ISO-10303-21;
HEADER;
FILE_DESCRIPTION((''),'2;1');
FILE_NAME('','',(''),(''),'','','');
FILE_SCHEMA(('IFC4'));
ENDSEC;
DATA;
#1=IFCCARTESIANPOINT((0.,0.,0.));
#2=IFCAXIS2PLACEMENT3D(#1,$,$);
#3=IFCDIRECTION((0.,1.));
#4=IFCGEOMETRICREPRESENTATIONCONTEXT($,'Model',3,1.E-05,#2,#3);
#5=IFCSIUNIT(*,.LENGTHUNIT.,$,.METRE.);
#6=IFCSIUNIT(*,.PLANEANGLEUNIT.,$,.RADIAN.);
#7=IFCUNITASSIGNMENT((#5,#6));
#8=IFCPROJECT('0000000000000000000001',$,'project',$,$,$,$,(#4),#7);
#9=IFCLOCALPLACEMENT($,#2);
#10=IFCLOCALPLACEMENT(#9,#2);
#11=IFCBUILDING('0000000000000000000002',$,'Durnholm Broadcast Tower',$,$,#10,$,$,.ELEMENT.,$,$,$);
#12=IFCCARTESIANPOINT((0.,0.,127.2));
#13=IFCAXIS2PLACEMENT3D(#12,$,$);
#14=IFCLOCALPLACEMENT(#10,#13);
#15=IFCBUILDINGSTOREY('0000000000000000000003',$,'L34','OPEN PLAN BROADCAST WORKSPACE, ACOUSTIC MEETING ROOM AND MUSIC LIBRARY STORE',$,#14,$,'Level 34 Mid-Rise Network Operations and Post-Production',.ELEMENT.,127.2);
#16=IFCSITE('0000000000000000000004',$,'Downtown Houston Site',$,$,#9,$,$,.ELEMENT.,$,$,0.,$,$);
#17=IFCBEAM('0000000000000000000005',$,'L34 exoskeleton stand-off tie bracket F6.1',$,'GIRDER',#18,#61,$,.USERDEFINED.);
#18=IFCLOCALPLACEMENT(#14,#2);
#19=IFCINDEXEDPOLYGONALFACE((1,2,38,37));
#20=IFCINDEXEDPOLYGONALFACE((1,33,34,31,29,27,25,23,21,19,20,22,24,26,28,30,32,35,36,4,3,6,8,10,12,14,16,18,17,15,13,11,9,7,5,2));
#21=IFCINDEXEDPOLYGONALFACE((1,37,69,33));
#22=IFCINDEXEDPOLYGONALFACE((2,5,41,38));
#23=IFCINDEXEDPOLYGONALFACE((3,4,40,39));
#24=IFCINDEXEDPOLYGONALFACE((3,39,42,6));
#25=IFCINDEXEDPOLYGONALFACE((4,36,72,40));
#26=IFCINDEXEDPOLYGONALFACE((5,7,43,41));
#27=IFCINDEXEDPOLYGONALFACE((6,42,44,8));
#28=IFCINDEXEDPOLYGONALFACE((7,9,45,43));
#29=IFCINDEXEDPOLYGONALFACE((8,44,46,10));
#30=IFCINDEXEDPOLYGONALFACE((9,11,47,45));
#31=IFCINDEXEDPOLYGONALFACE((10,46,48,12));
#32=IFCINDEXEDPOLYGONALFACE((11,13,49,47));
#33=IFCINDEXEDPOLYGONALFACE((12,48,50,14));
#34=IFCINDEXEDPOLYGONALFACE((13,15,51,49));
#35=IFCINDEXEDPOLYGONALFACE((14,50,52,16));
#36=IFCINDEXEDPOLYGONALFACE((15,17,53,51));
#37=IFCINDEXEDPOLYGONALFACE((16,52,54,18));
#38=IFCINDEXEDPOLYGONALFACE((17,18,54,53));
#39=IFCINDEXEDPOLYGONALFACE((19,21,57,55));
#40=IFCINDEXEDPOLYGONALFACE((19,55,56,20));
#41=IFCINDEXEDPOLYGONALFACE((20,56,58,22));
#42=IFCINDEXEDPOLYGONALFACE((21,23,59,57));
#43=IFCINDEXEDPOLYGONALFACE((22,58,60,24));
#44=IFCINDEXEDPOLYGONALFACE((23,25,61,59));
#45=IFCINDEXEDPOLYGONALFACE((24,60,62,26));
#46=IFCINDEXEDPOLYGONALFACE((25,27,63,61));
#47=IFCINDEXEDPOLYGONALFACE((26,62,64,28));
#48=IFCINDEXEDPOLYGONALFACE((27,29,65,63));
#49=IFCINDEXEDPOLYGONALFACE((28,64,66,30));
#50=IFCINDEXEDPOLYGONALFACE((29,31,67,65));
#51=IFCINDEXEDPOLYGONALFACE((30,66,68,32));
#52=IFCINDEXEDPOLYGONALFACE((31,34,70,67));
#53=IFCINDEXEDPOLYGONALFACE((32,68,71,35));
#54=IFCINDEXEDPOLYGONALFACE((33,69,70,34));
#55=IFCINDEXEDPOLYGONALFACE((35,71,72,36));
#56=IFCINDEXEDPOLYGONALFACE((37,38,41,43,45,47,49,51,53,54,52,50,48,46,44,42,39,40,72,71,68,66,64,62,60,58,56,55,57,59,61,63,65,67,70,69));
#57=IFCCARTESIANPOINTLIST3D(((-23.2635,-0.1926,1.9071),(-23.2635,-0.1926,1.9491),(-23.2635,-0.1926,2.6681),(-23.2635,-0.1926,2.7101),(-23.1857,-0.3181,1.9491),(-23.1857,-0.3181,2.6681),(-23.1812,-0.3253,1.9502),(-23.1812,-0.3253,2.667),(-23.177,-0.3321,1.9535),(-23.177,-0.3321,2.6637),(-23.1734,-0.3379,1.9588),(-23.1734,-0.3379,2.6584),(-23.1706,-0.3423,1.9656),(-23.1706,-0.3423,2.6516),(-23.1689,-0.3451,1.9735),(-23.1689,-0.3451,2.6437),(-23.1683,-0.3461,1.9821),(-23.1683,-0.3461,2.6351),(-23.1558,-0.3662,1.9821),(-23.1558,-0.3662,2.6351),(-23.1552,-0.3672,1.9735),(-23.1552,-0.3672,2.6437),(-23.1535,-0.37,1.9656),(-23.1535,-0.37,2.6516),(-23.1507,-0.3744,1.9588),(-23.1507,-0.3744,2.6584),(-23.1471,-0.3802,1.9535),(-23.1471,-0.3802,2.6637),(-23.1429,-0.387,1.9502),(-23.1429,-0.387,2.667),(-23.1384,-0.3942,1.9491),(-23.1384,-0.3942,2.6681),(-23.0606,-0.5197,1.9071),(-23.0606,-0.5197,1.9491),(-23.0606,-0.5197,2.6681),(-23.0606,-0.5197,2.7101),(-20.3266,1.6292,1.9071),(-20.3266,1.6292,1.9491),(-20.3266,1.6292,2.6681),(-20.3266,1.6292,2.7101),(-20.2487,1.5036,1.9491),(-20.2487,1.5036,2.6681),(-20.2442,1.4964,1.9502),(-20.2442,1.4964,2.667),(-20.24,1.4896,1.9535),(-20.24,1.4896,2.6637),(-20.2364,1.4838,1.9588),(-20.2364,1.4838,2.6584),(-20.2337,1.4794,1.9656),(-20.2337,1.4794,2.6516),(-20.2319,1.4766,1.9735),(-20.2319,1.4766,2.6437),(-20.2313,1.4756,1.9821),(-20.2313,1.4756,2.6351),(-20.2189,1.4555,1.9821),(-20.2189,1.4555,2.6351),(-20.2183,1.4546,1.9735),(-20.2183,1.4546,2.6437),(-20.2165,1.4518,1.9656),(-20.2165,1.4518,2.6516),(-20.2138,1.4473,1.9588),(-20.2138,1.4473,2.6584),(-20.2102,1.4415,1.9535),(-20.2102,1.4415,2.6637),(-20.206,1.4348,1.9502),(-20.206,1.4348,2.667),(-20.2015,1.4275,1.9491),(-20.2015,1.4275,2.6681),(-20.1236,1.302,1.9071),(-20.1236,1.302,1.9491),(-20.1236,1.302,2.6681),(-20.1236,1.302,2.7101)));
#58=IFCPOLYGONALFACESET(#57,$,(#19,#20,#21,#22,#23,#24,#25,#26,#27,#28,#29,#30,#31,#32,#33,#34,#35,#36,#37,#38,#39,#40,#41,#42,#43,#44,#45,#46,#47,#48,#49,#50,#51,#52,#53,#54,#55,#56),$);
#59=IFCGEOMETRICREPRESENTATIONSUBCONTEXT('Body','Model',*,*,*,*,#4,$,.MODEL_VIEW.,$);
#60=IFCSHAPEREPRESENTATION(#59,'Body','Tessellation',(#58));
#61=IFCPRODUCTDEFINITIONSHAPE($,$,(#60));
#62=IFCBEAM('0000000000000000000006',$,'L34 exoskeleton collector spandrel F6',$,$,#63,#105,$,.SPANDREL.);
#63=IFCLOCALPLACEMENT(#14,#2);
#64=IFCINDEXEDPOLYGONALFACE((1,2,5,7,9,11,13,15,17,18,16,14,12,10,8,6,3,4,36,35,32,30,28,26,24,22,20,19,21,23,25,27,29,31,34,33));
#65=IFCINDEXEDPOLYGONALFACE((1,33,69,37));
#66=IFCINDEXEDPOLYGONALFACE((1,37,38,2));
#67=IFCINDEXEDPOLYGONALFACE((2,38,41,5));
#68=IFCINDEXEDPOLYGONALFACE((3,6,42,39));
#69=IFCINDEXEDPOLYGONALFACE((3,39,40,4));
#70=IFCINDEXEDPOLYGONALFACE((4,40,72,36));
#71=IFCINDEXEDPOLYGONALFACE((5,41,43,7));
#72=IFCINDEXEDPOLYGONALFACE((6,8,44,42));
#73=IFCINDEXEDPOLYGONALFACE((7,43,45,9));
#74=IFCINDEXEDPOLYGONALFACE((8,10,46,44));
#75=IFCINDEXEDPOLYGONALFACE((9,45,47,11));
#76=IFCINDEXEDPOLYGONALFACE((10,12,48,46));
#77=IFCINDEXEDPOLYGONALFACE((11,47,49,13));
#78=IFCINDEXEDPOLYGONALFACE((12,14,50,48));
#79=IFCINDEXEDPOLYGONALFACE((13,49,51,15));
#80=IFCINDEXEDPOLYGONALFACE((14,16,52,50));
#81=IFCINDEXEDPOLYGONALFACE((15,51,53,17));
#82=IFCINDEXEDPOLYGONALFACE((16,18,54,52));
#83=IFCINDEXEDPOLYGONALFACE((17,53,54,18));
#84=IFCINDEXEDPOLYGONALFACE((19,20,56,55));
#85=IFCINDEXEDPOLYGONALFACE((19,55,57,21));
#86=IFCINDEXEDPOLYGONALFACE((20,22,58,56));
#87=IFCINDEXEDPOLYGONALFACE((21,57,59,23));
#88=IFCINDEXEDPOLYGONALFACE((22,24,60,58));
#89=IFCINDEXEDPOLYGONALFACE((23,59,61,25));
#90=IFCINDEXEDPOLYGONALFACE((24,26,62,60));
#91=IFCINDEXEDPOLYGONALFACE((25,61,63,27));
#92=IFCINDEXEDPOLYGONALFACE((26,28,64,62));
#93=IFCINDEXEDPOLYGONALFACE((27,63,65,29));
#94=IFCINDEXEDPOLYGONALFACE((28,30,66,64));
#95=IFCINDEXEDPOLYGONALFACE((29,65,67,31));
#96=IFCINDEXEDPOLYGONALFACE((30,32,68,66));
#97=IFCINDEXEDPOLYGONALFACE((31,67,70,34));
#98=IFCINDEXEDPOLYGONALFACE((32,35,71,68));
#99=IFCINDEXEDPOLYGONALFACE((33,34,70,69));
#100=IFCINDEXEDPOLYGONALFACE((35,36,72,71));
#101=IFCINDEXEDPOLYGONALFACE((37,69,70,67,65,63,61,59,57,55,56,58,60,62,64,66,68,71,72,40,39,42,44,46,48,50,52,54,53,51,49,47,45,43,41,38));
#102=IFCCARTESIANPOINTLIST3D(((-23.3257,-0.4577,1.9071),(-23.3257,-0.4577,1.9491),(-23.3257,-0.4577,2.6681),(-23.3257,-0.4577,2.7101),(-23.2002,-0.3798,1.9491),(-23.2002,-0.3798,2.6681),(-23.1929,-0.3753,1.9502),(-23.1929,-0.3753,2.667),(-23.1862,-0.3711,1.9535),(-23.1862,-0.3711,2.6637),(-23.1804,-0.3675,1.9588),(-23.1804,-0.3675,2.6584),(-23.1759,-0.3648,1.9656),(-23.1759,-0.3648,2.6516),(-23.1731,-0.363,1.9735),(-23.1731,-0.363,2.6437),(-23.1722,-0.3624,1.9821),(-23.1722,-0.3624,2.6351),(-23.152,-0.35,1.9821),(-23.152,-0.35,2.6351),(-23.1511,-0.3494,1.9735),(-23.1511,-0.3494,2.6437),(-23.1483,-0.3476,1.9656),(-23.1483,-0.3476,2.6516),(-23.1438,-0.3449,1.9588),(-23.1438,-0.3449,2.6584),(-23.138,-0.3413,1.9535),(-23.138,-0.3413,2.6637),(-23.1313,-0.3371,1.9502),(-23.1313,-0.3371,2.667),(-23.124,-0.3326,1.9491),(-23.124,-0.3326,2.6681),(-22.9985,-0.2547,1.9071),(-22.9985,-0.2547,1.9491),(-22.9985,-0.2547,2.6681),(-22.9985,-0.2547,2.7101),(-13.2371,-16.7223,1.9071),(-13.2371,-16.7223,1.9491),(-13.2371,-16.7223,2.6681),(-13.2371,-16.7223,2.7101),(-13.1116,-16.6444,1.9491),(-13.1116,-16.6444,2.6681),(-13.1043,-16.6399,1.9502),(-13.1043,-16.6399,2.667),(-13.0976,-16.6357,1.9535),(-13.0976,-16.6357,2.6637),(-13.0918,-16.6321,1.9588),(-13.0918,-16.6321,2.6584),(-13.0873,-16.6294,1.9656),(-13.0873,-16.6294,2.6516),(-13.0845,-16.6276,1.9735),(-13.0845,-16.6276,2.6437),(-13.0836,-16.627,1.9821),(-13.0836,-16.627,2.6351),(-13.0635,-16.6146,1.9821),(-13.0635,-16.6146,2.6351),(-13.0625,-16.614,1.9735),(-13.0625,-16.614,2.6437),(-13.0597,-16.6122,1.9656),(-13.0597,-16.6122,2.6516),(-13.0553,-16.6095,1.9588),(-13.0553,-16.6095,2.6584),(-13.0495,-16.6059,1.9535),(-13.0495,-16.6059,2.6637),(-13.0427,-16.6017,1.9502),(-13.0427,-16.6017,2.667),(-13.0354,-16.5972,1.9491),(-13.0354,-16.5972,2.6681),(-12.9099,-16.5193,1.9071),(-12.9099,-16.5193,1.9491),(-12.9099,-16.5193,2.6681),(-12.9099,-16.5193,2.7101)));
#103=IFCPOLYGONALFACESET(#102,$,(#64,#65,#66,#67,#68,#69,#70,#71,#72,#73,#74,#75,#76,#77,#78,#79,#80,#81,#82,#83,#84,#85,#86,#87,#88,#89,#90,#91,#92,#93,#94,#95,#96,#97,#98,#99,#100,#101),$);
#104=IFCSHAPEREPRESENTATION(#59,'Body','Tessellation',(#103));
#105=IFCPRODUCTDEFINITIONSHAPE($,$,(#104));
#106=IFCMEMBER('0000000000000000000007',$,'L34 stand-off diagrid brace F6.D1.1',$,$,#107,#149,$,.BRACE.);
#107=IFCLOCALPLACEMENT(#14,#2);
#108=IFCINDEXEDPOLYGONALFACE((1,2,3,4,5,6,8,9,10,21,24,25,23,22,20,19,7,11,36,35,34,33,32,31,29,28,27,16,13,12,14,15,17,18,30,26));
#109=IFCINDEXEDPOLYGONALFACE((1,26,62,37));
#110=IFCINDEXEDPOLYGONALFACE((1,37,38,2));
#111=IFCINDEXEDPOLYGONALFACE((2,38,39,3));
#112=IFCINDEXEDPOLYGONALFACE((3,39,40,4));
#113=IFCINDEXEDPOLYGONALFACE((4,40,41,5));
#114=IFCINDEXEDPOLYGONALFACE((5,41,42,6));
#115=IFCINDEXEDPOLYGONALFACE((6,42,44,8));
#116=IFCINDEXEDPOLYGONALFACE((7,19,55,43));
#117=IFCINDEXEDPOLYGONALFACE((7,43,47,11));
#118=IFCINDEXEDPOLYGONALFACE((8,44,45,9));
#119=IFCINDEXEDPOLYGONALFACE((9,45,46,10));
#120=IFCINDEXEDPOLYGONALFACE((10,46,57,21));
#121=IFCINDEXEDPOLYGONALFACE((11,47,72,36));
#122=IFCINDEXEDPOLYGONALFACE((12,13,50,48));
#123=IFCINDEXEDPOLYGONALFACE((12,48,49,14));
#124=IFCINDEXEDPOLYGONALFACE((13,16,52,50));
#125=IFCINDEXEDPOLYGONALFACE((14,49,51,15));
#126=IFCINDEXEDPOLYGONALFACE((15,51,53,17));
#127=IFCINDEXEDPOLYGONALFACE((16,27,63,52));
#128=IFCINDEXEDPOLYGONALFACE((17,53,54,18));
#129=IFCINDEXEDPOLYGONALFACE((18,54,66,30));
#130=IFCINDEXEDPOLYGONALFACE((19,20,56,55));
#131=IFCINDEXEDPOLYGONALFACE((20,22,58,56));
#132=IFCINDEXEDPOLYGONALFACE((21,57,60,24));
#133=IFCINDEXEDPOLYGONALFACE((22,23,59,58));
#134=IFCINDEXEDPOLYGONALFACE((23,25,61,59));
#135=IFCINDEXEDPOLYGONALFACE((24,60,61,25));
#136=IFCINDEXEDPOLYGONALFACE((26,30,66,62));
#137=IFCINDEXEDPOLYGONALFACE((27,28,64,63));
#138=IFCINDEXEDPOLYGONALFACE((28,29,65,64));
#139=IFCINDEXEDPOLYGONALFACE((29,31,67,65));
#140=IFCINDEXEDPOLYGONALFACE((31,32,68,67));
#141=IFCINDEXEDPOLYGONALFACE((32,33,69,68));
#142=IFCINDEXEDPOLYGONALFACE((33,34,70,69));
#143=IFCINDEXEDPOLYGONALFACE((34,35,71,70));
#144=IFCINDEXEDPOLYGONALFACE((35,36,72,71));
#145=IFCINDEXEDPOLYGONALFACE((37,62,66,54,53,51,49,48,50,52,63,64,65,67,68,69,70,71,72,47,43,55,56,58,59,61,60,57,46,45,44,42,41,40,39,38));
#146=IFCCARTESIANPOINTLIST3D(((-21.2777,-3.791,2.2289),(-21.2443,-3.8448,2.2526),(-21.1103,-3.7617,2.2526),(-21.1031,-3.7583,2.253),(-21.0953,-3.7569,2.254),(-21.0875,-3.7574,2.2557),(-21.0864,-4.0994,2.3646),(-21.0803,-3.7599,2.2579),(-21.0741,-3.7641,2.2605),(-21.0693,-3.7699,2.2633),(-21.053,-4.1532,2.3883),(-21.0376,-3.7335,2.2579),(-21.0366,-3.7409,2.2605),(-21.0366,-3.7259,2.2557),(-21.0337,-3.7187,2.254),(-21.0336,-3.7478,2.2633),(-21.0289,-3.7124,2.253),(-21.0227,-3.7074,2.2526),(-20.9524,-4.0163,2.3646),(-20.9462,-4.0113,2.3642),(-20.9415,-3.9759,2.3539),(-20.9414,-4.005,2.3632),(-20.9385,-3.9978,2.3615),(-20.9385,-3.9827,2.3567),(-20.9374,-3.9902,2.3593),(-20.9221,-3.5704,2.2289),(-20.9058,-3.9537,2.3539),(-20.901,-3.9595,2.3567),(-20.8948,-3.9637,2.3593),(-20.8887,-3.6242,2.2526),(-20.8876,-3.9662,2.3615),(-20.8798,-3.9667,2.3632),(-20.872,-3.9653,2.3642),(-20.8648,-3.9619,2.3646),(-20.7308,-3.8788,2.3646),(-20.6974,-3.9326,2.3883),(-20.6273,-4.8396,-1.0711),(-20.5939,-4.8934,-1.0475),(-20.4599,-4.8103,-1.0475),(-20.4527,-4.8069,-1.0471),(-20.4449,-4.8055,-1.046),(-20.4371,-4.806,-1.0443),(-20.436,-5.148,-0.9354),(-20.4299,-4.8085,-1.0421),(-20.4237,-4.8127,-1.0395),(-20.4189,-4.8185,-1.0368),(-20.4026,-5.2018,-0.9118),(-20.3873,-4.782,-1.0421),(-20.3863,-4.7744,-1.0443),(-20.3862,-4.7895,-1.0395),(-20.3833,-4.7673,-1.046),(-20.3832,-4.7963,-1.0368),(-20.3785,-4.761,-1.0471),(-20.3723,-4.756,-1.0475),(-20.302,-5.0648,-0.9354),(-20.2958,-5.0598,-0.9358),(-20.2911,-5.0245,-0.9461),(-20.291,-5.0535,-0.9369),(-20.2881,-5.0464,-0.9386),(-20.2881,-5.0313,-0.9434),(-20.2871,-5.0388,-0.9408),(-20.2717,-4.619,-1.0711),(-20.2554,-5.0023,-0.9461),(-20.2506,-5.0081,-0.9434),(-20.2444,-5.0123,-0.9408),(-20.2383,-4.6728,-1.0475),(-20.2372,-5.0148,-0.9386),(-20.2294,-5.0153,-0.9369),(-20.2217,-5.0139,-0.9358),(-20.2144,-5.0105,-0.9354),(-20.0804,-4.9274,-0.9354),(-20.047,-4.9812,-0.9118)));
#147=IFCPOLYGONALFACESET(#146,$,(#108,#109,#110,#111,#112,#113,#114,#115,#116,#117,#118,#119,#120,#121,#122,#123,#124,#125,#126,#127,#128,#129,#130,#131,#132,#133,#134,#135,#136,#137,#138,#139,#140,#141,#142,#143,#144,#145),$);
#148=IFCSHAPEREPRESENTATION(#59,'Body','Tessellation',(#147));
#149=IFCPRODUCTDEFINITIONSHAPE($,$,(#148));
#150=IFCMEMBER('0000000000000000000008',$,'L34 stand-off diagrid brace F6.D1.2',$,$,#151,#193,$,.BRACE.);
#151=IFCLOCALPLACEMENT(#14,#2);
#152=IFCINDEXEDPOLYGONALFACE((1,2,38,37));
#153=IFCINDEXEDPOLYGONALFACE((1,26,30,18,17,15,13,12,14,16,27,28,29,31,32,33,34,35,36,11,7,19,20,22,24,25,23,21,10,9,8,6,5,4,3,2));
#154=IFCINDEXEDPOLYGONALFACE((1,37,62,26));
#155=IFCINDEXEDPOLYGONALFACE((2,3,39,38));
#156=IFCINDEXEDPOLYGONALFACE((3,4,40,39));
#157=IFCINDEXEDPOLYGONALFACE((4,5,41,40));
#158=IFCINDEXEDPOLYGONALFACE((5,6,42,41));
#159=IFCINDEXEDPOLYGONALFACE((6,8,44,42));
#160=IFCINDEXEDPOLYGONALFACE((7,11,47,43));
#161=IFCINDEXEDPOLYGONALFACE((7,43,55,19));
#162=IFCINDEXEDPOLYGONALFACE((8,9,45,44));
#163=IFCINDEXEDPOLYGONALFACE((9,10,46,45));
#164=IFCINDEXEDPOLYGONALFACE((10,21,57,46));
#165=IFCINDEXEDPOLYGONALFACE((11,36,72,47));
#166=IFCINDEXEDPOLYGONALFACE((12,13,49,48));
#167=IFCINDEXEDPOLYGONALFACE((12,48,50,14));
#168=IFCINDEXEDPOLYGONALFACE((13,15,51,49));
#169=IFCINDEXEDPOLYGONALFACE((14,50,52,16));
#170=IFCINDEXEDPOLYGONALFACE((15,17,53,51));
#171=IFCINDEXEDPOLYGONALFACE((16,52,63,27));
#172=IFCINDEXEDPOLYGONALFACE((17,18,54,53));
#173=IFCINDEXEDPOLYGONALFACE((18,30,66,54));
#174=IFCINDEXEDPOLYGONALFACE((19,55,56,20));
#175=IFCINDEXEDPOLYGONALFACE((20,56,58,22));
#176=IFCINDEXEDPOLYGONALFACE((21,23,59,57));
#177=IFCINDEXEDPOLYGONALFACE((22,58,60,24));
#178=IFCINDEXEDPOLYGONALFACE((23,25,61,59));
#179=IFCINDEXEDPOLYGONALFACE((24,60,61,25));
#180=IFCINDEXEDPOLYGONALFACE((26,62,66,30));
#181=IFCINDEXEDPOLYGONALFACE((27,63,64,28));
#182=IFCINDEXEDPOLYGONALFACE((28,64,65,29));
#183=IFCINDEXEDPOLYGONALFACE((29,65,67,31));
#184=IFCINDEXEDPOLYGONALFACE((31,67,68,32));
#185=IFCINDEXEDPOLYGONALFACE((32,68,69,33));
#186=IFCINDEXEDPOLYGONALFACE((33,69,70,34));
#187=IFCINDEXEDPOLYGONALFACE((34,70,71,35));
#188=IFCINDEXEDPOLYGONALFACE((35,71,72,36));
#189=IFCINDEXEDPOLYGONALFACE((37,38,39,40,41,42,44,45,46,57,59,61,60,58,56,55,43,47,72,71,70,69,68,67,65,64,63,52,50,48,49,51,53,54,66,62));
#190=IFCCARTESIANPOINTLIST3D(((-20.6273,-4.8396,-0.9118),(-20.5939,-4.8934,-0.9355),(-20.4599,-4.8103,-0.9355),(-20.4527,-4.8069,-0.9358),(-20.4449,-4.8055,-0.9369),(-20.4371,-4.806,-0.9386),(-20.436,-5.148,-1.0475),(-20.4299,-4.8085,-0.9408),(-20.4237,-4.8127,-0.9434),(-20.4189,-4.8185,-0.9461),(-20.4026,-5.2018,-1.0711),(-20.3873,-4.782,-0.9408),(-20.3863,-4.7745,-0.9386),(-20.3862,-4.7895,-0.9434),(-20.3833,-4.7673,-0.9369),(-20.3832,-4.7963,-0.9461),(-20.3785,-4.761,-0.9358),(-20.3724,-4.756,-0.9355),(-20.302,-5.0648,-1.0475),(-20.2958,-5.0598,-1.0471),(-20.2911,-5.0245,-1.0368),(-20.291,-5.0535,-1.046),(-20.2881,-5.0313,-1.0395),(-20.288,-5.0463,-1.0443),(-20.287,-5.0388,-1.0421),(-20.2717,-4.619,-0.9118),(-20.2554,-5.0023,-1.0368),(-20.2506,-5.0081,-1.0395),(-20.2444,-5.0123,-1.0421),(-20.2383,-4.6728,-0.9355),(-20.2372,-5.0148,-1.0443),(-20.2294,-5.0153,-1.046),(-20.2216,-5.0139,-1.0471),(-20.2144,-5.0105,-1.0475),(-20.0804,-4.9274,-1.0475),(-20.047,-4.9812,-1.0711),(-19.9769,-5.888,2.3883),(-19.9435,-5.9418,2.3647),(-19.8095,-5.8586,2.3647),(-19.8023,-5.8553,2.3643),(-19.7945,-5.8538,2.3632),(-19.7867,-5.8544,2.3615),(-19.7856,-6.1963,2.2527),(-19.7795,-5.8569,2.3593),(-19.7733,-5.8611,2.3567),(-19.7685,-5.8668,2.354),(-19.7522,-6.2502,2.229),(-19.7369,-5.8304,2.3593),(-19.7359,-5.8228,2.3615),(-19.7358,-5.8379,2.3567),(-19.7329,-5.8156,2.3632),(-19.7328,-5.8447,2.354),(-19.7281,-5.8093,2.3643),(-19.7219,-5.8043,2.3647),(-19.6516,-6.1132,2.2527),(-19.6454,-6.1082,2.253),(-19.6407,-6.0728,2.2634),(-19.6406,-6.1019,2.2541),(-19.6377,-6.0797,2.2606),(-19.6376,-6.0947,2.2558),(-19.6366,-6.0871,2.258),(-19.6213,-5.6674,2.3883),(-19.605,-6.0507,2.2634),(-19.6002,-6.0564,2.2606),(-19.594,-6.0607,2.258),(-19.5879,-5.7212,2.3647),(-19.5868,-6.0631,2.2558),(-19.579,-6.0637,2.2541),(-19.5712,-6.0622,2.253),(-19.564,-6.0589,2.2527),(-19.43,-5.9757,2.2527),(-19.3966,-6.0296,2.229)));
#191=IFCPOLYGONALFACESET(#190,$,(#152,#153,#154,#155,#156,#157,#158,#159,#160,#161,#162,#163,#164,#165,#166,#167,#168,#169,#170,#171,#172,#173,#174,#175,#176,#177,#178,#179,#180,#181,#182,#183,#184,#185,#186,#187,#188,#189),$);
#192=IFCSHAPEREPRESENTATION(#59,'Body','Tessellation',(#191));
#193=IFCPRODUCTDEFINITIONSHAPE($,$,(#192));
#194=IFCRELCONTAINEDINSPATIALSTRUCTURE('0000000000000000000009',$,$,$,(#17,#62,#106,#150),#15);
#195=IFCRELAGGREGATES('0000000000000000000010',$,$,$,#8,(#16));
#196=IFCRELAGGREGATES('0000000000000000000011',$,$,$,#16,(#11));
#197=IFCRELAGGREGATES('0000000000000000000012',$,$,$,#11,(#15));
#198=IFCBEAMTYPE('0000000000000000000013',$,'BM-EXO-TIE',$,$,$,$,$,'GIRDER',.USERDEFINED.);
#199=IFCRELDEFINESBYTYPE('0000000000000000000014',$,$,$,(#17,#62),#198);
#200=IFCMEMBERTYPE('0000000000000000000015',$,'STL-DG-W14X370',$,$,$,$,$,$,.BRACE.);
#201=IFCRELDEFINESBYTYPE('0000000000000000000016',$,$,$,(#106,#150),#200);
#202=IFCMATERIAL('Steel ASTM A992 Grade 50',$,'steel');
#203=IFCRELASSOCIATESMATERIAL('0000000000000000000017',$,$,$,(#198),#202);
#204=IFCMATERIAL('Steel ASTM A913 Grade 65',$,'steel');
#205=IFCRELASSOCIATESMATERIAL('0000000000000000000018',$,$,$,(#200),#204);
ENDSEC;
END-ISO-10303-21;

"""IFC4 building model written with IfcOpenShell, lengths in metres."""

from ifc_helpers import new_model, si_unit, direction, frame, origin, origin_2d, place, context, subcontext, project, spatial, i_section, extrude, source, transform, mapped, material, material_profile, profile_set, type_object, type_shapes, element, save


model = new_model("IFC4")

# Units and contexts
model_context = context("Model", 3, precision=1e-05, world=origin(), true_north=direction((0.0, 1.0)))
body_context = subcontext(model_context, "Body", "Model", "MODEL_VIEW")
ifc_project = project(units=[si_unit("LENGTHUNIT", "METRE"), si_unit("PLANEANGLEUNIT", "RADIAN")], contexts=[model_context])

# Site, building, storey
site_placement = place(None, origin())
site = spatial("IfcSite", under=ifc_project, at=site_placement, Name="Downtown Houston Site", CompositionType="ELEMENT", RefElevation=0.0)
building_placement = place(site_placement, origin())
building = spatial("IfcBuilding", under=site, at=building_placement, Name="Durnholm Broadcast Tower", CompositionType="ELEMENT")
storey_placement = place(building_placement, frame((0.0, 0.0, 127.2)))
storey = spatial("IfcBuildingStorey", under=building, at=storey_placement, Name="L34", Description="OPEN PLAN BROADCAST WORKSPACE, ACOUSTIC MEETING ROOM AND MUSIC LIBRARY STORE", LongName="Level 34 Mid-Rise Network Operations and Post-Production", CompositionType="ELEMENT", Elevation=127.2)

# Beams
ifc_material_1 = material(Name="Steel ASTM A992 Grade 50", Category="steel")
ifc_material_profile_1 = material_profile(ifc_material_1, i_section(OverallWidth=0.385, OverallDepth=0.803, WebThickness=0.0237, FlangeThickness=0.042, FilletRadius=0.033, at=origin_2d()), Name="W30X261")
ifc_profile_set_1 = profile_set([ifc_material_profile_1], Name="Steel ASTM A992 Grade 50")
beam_type = type_object("IfcBeamType", Name="BM-EXO-TIE", ElementType="GIRDER", PredefinedType="USERDEFINED", material=ifc_profile_set_1)
shared_shape_1 = source(origin(), body_context, "Body", "SweptSolid", [
    extrude(i_section(OverallWidth=0.385, OverallDepth=0.803, WebThickness=0.0237, FlangeThickness=0.042, FilletRadius=0.033, at=origin_2d()), origin(), (0.0, 0.0, 1.0), 3.4561),
])
beam_1_placement = place(storey_placement, frame((-20.2251, 1.4656, 2.3086), z_axis=(-0.849795, -0.527113, 0.0), x_axis=(0.527113, -0.849795, 0.0)))
element("IfcBeam", 1, at=beam_1_placement, inside=storey, type_object=beam_type, Name="L34 exoskeleton stand-off tie bracket F6.1", ObjectType="GIRDER", PredefinedType="USERDEFINED", context=body_context, shape_type="MappedRepresentation", body=[
    mapped(shared_shape_1, transform((0.0, 0.0, 0.0), x_axis=(1.0, 0.0, 0.0), y_axis=(0.0, 1.0, 0.0), z_axis=(0.0, 0.0, 1.0), scale=1.0)),
])
shared_shape_2 = source(origin(), body_context, "Body", "SweptSolid", [
    extrude(i_section(OverallWidth=0.385, OverallDepth=0.803, WebThickness=0.0237, FlangeThickness=0.042, FilletRadius=0.033, at=origin_2d()), origin(), (0.0, 0.0, 1.0), 19.1394),
])
type_shapes(beam_type, [shared_shape_1, shared_shape_2])
beam_2_placement = place(storey_placement, frame((-23.1621, -0.3562, 2.3086), z_axis=(0.527111, -0.849796, 0.0), x_axis=(0.849796, 0.527111, 0.0)))
element("IfcBeam", 2, at=beam_2_placement, inside=storey, type_object=beam_type, Name="L34 exoskeleton collector spandrel F6", PredefinedType="SPANDREL", context=body_context, shape_type="MappedRepresentation", body=[
    mapped(shared_shape_2, transform((0.0, 0.0, 0.0), x_axis=(1.0, 0.0, 0.0), y_axis=(0.0, 1.0, 0.0), z_axis=(0.0, 0.0, 1.0), scale=1.0)),
])

# Members
ifc_material_2 = material(Name="Steel ASTM A913 Grade 65", Category="steel")
ifc_material_profile_2 = material_profile(ifc_material_2, i_section(OverallWidth=0.4185, OverallDepth=0.4551, WebThickness=0.042, FlangeThickness=0.0676, FilletRadius=0.0305, at=origin_2d()), Name="W14X370")
ifc_profile_set_2 = profile_set([ifc_material_profile_2], Name="Steel ASTM A913 Grade 65")
member_type_1 = type_object("IfcMemberType", Name="STL-DG-W14X370", PredefinedType="BRACE", material=ifc_profile_set_2)
shared_shape_3 = source(origin(), body_context, "Body", "SweptSolid", [
    extrude(i_section(OverallWidth=0.4185, OverallDepth=0.4551, WebThickness=0.042, FlangeThickness=0.0676, FilletRadius=0.0305, at=origin_2d()), origin(), (0.0, 0.0, 1.0), 3.5232),
])
type_shapes(member_type_1, [shared_shape_3])
for number, where, z_axis, x_axis, name in (
    (3, (-20.3372, -4.9104, -0.9915), (-0.184603, 0.297624, 0.936665), (-0.849805, -0.527097, 0.0), "L34 stand-off diagrid brace F6.D1.1"),
    (4, (-20.3372, -4.9104, -0.9915), (0.184607, -0.29756, 0.936685), (0.84975, 0.527186, 0.0), "L34 stand-off diagrid brace F6.D1.2"),
):
    element("IfcMember", number, at=place(storey_placement, frame(where, z_axis=z_axis, x_axis=x_axis)), inside=storey, type_object=member_type_1, Name=name, PredefinedType="BRACE", context=body_context, shape_type="MappedRepresentation", body=[
        mapped(shared_shape_3, transform((0.0, 0.0, 0.0), x_axis=(1.0, 0.0, 0.0), y_axis=(0.0, 1.0, 0.0), z_axis=(0.0, 0.0, 1.0), scale=1.0)),
    ])

save(model, "model.ifc")
